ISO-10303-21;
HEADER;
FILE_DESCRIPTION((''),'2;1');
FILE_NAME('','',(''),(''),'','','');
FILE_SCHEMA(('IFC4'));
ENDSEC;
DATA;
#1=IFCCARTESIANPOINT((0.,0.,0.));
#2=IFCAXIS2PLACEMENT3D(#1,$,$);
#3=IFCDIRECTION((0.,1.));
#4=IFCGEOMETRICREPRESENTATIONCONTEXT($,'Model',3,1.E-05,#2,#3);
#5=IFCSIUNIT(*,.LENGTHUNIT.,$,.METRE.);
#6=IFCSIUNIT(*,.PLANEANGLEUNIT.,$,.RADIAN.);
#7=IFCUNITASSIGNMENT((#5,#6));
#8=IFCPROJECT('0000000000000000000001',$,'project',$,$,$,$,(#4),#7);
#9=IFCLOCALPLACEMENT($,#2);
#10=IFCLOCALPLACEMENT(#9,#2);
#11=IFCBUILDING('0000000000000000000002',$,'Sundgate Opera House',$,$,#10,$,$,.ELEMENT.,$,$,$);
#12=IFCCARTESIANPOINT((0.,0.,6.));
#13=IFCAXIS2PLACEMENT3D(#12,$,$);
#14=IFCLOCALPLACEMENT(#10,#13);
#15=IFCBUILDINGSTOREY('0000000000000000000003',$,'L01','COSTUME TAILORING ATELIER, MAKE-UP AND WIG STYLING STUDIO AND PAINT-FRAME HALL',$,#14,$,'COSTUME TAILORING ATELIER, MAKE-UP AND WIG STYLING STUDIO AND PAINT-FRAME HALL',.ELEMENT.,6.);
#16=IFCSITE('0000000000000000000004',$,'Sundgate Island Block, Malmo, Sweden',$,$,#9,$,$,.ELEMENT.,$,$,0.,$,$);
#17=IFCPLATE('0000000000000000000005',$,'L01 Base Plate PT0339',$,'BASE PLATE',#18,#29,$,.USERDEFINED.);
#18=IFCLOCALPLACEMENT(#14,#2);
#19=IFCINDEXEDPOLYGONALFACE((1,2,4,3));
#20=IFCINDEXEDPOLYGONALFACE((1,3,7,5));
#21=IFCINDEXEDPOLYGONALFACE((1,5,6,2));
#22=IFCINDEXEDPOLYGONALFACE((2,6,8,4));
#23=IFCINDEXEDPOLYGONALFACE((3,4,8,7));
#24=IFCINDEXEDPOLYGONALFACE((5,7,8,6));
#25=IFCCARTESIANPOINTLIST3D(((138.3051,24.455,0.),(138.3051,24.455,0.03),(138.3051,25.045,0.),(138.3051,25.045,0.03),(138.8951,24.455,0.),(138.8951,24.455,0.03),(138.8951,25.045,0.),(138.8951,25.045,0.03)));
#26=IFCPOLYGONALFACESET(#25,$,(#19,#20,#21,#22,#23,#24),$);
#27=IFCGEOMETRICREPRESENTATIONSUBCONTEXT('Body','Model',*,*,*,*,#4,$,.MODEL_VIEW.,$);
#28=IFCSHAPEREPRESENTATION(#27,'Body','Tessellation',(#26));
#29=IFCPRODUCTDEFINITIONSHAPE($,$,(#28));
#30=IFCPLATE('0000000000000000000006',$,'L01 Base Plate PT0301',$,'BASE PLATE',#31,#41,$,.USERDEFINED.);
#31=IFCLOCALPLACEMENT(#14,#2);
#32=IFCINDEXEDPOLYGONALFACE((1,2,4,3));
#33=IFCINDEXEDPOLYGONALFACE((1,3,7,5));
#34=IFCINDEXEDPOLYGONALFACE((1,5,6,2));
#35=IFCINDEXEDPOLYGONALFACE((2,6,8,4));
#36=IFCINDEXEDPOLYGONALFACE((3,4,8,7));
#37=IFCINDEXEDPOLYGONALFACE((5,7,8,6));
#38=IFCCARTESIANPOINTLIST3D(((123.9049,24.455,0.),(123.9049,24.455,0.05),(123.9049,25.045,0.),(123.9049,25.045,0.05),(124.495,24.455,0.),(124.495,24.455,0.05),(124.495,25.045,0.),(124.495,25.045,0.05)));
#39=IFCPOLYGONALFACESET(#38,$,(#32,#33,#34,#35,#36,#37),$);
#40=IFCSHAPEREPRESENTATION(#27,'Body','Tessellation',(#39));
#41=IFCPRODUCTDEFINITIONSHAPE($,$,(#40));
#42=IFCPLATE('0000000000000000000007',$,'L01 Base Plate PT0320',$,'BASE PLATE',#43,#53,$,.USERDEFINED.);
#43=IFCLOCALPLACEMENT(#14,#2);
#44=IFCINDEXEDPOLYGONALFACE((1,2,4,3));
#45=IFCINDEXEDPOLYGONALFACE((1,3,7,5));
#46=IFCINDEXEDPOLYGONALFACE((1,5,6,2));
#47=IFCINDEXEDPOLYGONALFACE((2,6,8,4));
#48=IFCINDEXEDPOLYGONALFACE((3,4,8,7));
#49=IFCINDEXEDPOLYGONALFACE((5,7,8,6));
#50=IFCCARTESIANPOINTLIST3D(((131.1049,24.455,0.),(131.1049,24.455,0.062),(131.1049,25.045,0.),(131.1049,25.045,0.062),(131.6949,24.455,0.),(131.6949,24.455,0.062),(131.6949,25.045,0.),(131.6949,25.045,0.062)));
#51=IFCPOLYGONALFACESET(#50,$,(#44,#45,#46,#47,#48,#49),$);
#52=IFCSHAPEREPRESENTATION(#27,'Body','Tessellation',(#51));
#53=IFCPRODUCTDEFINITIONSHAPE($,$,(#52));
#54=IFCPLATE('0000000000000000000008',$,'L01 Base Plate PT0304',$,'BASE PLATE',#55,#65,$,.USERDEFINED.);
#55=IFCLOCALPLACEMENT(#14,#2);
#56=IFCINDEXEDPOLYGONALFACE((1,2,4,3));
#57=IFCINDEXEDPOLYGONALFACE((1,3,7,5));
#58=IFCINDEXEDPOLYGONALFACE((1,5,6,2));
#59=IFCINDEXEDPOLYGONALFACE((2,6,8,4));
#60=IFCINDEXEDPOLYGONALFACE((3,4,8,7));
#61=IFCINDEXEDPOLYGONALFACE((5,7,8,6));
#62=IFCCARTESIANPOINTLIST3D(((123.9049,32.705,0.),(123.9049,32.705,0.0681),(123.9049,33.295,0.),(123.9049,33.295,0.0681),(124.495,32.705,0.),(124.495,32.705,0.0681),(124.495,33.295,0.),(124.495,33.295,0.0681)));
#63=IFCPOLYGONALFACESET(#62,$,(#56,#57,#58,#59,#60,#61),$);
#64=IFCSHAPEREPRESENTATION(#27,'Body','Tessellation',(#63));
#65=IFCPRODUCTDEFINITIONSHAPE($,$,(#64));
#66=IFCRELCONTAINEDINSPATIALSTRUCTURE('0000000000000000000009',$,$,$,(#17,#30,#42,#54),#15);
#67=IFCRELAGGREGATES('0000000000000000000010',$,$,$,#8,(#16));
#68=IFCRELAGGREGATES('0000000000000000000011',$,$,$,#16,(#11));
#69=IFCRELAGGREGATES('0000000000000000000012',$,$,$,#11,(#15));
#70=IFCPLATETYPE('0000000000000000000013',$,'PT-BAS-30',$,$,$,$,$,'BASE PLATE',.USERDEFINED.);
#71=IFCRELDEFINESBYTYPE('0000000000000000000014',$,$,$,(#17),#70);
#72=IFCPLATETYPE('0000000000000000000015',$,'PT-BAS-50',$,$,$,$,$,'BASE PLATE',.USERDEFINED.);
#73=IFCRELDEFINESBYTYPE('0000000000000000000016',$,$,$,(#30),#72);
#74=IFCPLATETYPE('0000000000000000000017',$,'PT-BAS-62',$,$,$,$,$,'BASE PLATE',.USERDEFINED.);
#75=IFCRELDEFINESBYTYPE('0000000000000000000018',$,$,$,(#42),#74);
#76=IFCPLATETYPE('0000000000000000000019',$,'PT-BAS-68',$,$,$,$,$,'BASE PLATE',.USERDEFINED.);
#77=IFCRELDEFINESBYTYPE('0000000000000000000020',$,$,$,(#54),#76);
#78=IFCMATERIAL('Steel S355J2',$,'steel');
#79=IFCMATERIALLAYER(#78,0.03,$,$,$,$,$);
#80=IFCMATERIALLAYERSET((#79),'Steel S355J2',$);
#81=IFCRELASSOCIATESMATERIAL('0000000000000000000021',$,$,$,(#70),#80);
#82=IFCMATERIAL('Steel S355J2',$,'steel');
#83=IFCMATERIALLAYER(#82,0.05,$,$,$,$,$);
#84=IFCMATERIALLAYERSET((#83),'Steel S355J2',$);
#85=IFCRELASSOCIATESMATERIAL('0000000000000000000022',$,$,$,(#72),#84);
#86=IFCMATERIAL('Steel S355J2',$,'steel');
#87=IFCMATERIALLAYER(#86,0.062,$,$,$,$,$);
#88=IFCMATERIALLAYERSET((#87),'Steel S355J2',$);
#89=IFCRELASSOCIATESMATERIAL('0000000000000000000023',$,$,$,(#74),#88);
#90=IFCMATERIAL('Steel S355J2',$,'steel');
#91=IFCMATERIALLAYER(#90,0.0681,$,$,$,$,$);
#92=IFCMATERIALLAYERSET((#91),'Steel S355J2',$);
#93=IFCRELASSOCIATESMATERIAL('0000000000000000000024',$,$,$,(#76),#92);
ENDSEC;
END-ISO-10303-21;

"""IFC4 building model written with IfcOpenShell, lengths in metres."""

from ifc_helpers import new_model, si_unit, direction, frame, origin, origin_2d, place, context, subcontext, project, spatial, rectangle, extrude, material, layer, layer_set, type_object, element, save


model = new_model("IFC4")

# Units and contexts
model_context = context("Model", 3, precision=1e-05, world=origin(), true_north=direction((0.0, 1.0)))
body_context = subcontext(model_context, "Body", "Model", "MODEL_VIEW")
ifc_project = project(units=[si_unit("LENGTHUNIT", "METRE"), si_unit("PLANEANGLEUNIT", "RADIAN")], contexts=[model_context])

# Site, building, storey
site_placement = place(None, origin())
site = spatial("IfcSite", under=ifc_project, at=site_placement, Name="Sundgate Island Block, Malmo, Sweden", CompositionType="ELEMENT", RefElevation=0.0)
building_placement = place(site_placement, origin())
building = spatial("IfcBuilding", under=site, at=building_placement, Name="Sundgate Opera House", CompositionType="ELEMENT")
storey_placement = place(building_placement, frame((0.0, 0.0, 6.0)))
storey = spatial("IfcBuildingStorey", under=building, at=storey_placement, Name="L01", Description="COSTUME TAILORING ATELIER, MAKE-UP AND WIG STYLING STUDIO AND PAINT-FRAME HALL", LongName="COSTUME TAILORING ATELIER, MAKE-UP AND WIG STYLING STUDIO AND PAINT-FRAME HALL", CompositionType="ELEMENT", Elevation=6.0)

# Plates
ifc_material_1 = material(Name="Steel S355J2", Category="steel")
ifc_layer_1 = layer(ifc_material_1, 0.03)
ifc_layer_set_1 = layer_set([ifc_layer_1], Name="Steel S355J2")
plate_type_1 = type_object("IfcPlateType", Name="PT-BAS-30", ElementType="BASE PLATE", PredefinedType="USERDEFINED", material=ifc_layer_set_1)
plate_1_placement = place(storey_placement, frame((138.6001, 24.75, 0.0), z_axis=(0.0, 0.0, 1.0), x_axis=(1.0, 0.0, 0.0)))
element("IfcPlate", 1, at=plate_1_placement, inside=storey, type_object=plate_type_1, Name="L01 Base Plate PT0339", ObjectType="BASE PLATE", PredefinedType="USERDEFINED", context=body_context, shape_type="SweptSolid", body=[
    extrude(rectangle(XDim=0.5901, YDim=0.5901, at=origin_2d()), origin(), (0.0, 0.0, 1.0), 0.03),
])
ifc_material_2 = material(Name="Steel S355J2", Category="steel")
ifc_layer_2 = layer(ifc_material_2, 0.05)
ifc_layer_set_2 = layer_set([ifc_layer_2], Name="Steel S355J2")
plate_type_2 = type_object("IfcPlateType", Name="PT-BAS-50", ElementType="BASE PLATE", PredefinedType="USERDEFINED", material=ifc_layer_set_2)
plate_2_placement = place(storey_placement, frame((124.2, 24.75, 0.0), z_axis=(0.0, 0.0, 1.0), x_axis=(1.0, 0.0, 0.0)))
element("IfcPlate", 2, at=plate_2_placement, inside=storey, type_object=plate_type_2, Name="L01 Base Plate PT0301", ObjectType="BASE PLATE", PredefinedType="USERDEFINED", context=body_context, shape_type="SweptSolid", body=[
    extrude(rectangle(XDim=0.5901, YDim=0.5901, at=origin_2d()), origin(), (0.0, 0.0, 1.0), 0.05),
])
ifc_material_3 = material(Name="Steel S355J2", Category="steel")
ifc_layer_3 = layer(ifc_material_3, 0.062)
ifc_layer_set_3 = layer_set([ifc_layer_3], Name="Steel S355J2")
plate_type_3 = type_object("IfcPlateType", Name="PT-BAS-62", ElementType="BASE PLATE", PredefinedType="USERDEFINED", material=ifc_layer_set_3)
plate_3_placement = place(storey_placement, frame((131.3999, 24.75, 0.0), z_axis=(0.0, 0.0, 1.0), x_axis=(1.0, 0.0, 0.0)))
element("IfcPlate", 3, at=plate_3_placement, inside=storey, type_object=plate_type_3, Name="L01 Base Plate PT0320", ObjectType="BASE PLATE", PredefinedType="USERDEFINED", context=body_context, shape_type="SweptSolid", body=[
    extrude(rectangle(XDim=0.5901, YDim=0.5901, at=origin_2d()), origin(), (0.0, 0.0, 1.0), 0.062),
])
ifc_material_4 = material(Name="Steel S355J2", Category="steel")
ifc_layer_4 = layer(ifc_material_4, 0.0681)
ifc_layer_set_4 = layer_set([ifc_layer_4], Name="Steel S355J2")
plate_type_4 = type_object("IfcPlateType", Name="PT-BAS-68", ElementType="BASE PLATE", PredefinedType="USERDEFINED", material=ifc_layer_set_4)
plate_4_placement = place(storey_placement, frame((124.2, 33.0, 0.0), z_axis=(0.0, 0.0, 1.0), x_axis=(1.0, 0.0, 0.0)))
element("IfcPlate", 4, at=plate_4_placement, inside=storey, type_object=plate_type_4, Name="L01 Base Plate PT0304", ObjectType="BASE PLATE", PredefinedType="USERDEFINED", context=body_context, shape_type="SweptSolid", body=[
    extrude(rectangle(XDim=0.5901, YDim=0.5901, at=origin_2d()), origin(), (0.0, 0.0, 1.0), 0.0681),
])

save(model, "model.ifc")
